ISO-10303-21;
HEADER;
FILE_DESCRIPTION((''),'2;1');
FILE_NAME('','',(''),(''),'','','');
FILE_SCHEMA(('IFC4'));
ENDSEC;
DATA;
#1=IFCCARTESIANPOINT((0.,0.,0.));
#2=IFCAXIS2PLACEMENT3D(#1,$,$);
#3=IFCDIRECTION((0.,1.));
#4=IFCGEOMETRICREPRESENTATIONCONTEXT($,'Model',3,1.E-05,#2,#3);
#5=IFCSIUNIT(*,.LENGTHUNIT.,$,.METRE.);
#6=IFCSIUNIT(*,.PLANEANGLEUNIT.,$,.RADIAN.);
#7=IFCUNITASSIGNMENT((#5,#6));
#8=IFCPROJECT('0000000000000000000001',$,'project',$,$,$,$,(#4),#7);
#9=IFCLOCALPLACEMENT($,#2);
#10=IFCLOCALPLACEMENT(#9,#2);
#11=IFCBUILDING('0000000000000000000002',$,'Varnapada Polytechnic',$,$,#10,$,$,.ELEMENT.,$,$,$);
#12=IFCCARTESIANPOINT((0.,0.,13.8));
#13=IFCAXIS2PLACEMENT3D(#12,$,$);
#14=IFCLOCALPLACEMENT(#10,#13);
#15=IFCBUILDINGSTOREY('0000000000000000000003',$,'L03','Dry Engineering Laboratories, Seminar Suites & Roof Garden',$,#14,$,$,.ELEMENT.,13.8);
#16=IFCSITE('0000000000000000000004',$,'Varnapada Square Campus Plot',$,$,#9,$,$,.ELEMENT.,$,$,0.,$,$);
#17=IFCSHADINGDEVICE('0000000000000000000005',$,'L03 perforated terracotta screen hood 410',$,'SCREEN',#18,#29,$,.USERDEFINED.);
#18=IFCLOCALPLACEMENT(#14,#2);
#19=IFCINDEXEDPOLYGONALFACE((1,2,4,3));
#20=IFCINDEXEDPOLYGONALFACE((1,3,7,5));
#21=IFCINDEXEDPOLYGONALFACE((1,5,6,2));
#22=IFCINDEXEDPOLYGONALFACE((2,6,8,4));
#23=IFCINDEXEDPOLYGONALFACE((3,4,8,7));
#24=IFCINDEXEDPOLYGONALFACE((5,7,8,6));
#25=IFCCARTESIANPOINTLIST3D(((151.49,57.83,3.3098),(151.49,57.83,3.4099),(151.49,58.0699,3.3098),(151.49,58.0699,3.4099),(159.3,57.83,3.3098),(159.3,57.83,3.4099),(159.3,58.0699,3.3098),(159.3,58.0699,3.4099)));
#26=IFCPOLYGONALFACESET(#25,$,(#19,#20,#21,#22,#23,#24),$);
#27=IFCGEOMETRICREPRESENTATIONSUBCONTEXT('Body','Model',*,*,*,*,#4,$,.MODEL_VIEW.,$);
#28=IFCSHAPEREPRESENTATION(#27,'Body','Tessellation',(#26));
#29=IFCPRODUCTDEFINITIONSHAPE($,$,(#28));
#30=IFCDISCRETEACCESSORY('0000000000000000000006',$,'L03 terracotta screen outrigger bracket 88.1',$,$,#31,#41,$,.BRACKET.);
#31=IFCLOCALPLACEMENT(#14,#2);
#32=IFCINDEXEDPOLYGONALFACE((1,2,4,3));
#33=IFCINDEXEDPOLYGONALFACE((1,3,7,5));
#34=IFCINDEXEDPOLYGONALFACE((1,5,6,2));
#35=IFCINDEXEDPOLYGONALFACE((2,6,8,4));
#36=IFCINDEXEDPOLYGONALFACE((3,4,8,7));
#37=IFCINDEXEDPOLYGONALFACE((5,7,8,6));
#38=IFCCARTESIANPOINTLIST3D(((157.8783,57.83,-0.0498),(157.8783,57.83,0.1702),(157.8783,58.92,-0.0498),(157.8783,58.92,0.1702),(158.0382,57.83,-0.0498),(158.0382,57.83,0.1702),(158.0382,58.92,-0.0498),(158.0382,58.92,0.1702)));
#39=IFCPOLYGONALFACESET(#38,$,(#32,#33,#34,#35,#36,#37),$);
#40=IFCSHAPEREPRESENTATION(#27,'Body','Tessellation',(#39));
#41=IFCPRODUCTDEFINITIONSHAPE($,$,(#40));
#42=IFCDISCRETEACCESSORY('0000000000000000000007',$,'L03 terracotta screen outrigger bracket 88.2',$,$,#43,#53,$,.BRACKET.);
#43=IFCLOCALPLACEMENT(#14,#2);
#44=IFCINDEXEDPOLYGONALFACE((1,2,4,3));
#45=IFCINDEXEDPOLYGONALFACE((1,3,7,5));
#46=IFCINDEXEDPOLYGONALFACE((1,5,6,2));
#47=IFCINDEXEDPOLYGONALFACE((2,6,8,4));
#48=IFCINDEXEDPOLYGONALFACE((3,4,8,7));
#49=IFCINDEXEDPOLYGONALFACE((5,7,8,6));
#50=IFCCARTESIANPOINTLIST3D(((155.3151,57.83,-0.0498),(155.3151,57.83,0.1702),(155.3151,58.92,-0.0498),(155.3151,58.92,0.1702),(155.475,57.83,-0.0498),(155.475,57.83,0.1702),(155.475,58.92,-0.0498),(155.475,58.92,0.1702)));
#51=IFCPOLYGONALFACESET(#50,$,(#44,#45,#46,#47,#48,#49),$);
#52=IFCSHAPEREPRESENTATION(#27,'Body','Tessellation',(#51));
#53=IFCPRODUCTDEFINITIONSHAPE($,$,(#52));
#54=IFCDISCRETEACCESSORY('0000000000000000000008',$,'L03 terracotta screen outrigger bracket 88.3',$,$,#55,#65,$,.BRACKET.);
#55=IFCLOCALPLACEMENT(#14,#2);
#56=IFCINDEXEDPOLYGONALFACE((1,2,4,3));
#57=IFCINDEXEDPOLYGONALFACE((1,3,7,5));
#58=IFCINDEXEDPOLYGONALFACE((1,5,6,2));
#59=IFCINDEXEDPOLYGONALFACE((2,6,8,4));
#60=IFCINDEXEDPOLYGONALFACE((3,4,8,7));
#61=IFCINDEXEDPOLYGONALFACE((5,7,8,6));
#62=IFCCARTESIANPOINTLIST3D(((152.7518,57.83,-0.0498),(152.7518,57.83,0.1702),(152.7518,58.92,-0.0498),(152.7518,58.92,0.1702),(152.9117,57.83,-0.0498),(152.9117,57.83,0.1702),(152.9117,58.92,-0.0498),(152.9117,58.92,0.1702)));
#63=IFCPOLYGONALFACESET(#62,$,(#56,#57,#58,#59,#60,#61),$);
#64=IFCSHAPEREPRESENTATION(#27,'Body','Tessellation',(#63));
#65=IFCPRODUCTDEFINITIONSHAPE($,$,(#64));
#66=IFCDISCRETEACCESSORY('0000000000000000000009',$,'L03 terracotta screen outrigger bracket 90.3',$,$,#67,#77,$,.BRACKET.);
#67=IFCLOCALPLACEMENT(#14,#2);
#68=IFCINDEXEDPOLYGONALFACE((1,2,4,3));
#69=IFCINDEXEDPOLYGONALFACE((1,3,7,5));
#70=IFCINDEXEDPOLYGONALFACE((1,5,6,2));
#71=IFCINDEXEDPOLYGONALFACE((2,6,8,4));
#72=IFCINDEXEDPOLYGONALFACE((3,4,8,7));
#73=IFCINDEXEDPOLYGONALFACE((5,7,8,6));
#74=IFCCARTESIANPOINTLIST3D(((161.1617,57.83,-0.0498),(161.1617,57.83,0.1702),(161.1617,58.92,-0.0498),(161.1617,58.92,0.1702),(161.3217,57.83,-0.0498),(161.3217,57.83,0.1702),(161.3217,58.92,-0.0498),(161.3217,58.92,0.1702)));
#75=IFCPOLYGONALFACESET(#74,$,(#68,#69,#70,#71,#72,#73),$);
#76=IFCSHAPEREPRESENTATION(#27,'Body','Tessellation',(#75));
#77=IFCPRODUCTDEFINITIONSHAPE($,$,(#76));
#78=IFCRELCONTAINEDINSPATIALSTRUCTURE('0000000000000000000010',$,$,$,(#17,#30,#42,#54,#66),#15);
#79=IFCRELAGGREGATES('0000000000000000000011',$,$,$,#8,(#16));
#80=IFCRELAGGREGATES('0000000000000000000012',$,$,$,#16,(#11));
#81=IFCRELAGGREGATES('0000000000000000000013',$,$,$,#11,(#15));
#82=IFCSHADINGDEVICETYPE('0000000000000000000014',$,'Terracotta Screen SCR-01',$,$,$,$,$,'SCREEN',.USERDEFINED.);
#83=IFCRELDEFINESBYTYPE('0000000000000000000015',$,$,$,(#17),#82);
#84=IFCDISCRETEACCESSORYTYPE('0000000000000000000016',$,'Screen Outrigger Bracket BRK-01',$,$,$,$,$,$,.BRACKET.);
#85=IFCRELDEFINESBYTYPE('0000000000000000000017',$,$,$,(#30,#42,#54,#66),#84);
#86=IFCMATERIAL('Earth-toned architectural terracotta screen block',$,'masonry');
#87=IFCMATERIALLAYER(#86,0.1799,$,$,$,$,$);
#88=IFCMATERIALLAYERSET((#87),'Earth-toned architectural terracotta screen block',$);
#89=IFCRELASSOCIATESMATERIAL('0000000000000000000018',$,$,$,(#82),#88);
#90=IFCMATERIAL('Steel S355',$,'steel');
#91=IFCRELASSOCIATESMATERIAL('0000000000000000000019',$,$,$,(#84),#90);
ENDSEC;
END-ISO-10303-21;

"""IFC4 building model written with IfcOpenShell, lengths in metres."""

from ifc_helpers import new_model, si_unit, direction, frame, origin, origin_2d, place, context, subcontext, project, spatial, rectangle, extrude, material, layer, layer_set, type_object, element, save


model = new_model("IFC4")

# Units and contexts
model_context = context("Model", 3, precision=1e-05, world=origin(), true_north=direction((0.0, 1.0)))
body_context = subcontext(model_context, "Body", "Model", "MODEL_VIEW")
ifc_project = project(units=[si_unit("LENGTHUNIT", "METRE"), si_unit("PLANEANGLEUNIT", "RADIAN")], contexts=[model_context])

# Site, building, storey
site_placement = place(None, origin())
site = spatial("IfcSite", under=ifc_project, at=site_placement, Name="Varnapada Square Campus Plot", CompositionType="ELEMENT", RefElevation=0.0)
building_placement = place(site_placement, origin())
building = spatial("IfcBuilding", under=site, at=building_placement, Name="Varnapada Polytechnic", CompositionType="ELEMENT")
storey_placement = place(building_placement, frame((0.0, 0.0, 13.8)))
storey = spatial("IfcBuildingStorey", under=building, at=storey_placement, Name="L03", Description="Dry Engineering Laboratories, Seminar Suites & Roof Garden", CompositionType="ELEMENT", Elevation=13.8)

# Shared definitions
ifc_material_1 = material(Name="Steel S355", Category="steel")

# Shared definitions
ifc_material_2 = material(Name="Earth-toned architectural terracotta screen block", Category="masonry")

# Shading device
ifc_layer_1 = layer(ifc_material_2, 0.1799)
ifc_layer_set_1 = layer_set([ifc_layer_1], Name="Earth-toned architectural terracotta screen block")
shading_device_type = type_object("IfcShadingDeviceType", Name="Terracotta Screen SCR-01", ElementType="SCREEN", PredefinedType="USERDEFINED", material=ifc_layer_set_1)
shading_device_placement = place(storey_placement, frame((155.395, 57.95, 3.3098), z_axis=(0.0, 0.0, 1.0), x_axis=(-1.0, 0.0, 0.0)))
element("IfcShadingDevice", 1, at=shading_device_placement, inside=storey, type_object=shading_device_type, Name="L03 perforated terracotta screen hood 410", ObjectType="SCREEN", PredefinedType="USERDEFINED", context=body_context, shape_type="SweptSolid", body=[
    extrude(rectangle(XDim=7.8101, YDim=0.24, at=origin_2d()), origin(), (0.0, 0.0, 1.0), 0.1001),
])

# Discrete accessories
discrete_accessory_type = type_object("IfcDiscreteAccessoryType", Name="Screen Outrigger Bracket BRK-01", PredefinedType="BRACKET", material=ifc_material_1)
for number, where, z_axis, x_axis, name in (
    (2, (157.9583, 58.375, -0.0498), (0.0, 0.0, 1.0), (-1.0, 0.0, 0.0), "L03 terracotta screen outrigger bracket 88.1"),
    (3, (155.395, 58.375, -0.0498), (0.0, 0.0, 1.0), (-1.0, 0.0, 0.0), "L03 terracotta screen outrigger bracket 88.2"),
    (4, (152.8318, 58.375, -0.0498), (0.0, 0.0, 1.0), (-1.0, 0.0, 0.0), "L03 terracotta screen outrigger bracket 88.3"),
    (5, (161.2417, 58.375, -0.0498), (0.0, 0.0, 1.0), (-1.0, 0.0, 0.0), "L03 terracotta screen outrigger bracket 90.3"),
):
    element("IfcDiscreteAccessory", number, at=place(storey_placement, frame(where, z_axis=z_axis, x_axis=x_axis)), inside=storey, type_object=discrete_accessory_type, Name=name, PredefinedType="BRACKET", context=body_context, shape_type="SweptSolid", body=[
        extrude(rectangle(XDim=0.1599, YDim=1.0901, at=origin_2d()), origin(), (0.0, 0.0, 1.0), 0.22),
    ])

save(model, "model.ifc")
